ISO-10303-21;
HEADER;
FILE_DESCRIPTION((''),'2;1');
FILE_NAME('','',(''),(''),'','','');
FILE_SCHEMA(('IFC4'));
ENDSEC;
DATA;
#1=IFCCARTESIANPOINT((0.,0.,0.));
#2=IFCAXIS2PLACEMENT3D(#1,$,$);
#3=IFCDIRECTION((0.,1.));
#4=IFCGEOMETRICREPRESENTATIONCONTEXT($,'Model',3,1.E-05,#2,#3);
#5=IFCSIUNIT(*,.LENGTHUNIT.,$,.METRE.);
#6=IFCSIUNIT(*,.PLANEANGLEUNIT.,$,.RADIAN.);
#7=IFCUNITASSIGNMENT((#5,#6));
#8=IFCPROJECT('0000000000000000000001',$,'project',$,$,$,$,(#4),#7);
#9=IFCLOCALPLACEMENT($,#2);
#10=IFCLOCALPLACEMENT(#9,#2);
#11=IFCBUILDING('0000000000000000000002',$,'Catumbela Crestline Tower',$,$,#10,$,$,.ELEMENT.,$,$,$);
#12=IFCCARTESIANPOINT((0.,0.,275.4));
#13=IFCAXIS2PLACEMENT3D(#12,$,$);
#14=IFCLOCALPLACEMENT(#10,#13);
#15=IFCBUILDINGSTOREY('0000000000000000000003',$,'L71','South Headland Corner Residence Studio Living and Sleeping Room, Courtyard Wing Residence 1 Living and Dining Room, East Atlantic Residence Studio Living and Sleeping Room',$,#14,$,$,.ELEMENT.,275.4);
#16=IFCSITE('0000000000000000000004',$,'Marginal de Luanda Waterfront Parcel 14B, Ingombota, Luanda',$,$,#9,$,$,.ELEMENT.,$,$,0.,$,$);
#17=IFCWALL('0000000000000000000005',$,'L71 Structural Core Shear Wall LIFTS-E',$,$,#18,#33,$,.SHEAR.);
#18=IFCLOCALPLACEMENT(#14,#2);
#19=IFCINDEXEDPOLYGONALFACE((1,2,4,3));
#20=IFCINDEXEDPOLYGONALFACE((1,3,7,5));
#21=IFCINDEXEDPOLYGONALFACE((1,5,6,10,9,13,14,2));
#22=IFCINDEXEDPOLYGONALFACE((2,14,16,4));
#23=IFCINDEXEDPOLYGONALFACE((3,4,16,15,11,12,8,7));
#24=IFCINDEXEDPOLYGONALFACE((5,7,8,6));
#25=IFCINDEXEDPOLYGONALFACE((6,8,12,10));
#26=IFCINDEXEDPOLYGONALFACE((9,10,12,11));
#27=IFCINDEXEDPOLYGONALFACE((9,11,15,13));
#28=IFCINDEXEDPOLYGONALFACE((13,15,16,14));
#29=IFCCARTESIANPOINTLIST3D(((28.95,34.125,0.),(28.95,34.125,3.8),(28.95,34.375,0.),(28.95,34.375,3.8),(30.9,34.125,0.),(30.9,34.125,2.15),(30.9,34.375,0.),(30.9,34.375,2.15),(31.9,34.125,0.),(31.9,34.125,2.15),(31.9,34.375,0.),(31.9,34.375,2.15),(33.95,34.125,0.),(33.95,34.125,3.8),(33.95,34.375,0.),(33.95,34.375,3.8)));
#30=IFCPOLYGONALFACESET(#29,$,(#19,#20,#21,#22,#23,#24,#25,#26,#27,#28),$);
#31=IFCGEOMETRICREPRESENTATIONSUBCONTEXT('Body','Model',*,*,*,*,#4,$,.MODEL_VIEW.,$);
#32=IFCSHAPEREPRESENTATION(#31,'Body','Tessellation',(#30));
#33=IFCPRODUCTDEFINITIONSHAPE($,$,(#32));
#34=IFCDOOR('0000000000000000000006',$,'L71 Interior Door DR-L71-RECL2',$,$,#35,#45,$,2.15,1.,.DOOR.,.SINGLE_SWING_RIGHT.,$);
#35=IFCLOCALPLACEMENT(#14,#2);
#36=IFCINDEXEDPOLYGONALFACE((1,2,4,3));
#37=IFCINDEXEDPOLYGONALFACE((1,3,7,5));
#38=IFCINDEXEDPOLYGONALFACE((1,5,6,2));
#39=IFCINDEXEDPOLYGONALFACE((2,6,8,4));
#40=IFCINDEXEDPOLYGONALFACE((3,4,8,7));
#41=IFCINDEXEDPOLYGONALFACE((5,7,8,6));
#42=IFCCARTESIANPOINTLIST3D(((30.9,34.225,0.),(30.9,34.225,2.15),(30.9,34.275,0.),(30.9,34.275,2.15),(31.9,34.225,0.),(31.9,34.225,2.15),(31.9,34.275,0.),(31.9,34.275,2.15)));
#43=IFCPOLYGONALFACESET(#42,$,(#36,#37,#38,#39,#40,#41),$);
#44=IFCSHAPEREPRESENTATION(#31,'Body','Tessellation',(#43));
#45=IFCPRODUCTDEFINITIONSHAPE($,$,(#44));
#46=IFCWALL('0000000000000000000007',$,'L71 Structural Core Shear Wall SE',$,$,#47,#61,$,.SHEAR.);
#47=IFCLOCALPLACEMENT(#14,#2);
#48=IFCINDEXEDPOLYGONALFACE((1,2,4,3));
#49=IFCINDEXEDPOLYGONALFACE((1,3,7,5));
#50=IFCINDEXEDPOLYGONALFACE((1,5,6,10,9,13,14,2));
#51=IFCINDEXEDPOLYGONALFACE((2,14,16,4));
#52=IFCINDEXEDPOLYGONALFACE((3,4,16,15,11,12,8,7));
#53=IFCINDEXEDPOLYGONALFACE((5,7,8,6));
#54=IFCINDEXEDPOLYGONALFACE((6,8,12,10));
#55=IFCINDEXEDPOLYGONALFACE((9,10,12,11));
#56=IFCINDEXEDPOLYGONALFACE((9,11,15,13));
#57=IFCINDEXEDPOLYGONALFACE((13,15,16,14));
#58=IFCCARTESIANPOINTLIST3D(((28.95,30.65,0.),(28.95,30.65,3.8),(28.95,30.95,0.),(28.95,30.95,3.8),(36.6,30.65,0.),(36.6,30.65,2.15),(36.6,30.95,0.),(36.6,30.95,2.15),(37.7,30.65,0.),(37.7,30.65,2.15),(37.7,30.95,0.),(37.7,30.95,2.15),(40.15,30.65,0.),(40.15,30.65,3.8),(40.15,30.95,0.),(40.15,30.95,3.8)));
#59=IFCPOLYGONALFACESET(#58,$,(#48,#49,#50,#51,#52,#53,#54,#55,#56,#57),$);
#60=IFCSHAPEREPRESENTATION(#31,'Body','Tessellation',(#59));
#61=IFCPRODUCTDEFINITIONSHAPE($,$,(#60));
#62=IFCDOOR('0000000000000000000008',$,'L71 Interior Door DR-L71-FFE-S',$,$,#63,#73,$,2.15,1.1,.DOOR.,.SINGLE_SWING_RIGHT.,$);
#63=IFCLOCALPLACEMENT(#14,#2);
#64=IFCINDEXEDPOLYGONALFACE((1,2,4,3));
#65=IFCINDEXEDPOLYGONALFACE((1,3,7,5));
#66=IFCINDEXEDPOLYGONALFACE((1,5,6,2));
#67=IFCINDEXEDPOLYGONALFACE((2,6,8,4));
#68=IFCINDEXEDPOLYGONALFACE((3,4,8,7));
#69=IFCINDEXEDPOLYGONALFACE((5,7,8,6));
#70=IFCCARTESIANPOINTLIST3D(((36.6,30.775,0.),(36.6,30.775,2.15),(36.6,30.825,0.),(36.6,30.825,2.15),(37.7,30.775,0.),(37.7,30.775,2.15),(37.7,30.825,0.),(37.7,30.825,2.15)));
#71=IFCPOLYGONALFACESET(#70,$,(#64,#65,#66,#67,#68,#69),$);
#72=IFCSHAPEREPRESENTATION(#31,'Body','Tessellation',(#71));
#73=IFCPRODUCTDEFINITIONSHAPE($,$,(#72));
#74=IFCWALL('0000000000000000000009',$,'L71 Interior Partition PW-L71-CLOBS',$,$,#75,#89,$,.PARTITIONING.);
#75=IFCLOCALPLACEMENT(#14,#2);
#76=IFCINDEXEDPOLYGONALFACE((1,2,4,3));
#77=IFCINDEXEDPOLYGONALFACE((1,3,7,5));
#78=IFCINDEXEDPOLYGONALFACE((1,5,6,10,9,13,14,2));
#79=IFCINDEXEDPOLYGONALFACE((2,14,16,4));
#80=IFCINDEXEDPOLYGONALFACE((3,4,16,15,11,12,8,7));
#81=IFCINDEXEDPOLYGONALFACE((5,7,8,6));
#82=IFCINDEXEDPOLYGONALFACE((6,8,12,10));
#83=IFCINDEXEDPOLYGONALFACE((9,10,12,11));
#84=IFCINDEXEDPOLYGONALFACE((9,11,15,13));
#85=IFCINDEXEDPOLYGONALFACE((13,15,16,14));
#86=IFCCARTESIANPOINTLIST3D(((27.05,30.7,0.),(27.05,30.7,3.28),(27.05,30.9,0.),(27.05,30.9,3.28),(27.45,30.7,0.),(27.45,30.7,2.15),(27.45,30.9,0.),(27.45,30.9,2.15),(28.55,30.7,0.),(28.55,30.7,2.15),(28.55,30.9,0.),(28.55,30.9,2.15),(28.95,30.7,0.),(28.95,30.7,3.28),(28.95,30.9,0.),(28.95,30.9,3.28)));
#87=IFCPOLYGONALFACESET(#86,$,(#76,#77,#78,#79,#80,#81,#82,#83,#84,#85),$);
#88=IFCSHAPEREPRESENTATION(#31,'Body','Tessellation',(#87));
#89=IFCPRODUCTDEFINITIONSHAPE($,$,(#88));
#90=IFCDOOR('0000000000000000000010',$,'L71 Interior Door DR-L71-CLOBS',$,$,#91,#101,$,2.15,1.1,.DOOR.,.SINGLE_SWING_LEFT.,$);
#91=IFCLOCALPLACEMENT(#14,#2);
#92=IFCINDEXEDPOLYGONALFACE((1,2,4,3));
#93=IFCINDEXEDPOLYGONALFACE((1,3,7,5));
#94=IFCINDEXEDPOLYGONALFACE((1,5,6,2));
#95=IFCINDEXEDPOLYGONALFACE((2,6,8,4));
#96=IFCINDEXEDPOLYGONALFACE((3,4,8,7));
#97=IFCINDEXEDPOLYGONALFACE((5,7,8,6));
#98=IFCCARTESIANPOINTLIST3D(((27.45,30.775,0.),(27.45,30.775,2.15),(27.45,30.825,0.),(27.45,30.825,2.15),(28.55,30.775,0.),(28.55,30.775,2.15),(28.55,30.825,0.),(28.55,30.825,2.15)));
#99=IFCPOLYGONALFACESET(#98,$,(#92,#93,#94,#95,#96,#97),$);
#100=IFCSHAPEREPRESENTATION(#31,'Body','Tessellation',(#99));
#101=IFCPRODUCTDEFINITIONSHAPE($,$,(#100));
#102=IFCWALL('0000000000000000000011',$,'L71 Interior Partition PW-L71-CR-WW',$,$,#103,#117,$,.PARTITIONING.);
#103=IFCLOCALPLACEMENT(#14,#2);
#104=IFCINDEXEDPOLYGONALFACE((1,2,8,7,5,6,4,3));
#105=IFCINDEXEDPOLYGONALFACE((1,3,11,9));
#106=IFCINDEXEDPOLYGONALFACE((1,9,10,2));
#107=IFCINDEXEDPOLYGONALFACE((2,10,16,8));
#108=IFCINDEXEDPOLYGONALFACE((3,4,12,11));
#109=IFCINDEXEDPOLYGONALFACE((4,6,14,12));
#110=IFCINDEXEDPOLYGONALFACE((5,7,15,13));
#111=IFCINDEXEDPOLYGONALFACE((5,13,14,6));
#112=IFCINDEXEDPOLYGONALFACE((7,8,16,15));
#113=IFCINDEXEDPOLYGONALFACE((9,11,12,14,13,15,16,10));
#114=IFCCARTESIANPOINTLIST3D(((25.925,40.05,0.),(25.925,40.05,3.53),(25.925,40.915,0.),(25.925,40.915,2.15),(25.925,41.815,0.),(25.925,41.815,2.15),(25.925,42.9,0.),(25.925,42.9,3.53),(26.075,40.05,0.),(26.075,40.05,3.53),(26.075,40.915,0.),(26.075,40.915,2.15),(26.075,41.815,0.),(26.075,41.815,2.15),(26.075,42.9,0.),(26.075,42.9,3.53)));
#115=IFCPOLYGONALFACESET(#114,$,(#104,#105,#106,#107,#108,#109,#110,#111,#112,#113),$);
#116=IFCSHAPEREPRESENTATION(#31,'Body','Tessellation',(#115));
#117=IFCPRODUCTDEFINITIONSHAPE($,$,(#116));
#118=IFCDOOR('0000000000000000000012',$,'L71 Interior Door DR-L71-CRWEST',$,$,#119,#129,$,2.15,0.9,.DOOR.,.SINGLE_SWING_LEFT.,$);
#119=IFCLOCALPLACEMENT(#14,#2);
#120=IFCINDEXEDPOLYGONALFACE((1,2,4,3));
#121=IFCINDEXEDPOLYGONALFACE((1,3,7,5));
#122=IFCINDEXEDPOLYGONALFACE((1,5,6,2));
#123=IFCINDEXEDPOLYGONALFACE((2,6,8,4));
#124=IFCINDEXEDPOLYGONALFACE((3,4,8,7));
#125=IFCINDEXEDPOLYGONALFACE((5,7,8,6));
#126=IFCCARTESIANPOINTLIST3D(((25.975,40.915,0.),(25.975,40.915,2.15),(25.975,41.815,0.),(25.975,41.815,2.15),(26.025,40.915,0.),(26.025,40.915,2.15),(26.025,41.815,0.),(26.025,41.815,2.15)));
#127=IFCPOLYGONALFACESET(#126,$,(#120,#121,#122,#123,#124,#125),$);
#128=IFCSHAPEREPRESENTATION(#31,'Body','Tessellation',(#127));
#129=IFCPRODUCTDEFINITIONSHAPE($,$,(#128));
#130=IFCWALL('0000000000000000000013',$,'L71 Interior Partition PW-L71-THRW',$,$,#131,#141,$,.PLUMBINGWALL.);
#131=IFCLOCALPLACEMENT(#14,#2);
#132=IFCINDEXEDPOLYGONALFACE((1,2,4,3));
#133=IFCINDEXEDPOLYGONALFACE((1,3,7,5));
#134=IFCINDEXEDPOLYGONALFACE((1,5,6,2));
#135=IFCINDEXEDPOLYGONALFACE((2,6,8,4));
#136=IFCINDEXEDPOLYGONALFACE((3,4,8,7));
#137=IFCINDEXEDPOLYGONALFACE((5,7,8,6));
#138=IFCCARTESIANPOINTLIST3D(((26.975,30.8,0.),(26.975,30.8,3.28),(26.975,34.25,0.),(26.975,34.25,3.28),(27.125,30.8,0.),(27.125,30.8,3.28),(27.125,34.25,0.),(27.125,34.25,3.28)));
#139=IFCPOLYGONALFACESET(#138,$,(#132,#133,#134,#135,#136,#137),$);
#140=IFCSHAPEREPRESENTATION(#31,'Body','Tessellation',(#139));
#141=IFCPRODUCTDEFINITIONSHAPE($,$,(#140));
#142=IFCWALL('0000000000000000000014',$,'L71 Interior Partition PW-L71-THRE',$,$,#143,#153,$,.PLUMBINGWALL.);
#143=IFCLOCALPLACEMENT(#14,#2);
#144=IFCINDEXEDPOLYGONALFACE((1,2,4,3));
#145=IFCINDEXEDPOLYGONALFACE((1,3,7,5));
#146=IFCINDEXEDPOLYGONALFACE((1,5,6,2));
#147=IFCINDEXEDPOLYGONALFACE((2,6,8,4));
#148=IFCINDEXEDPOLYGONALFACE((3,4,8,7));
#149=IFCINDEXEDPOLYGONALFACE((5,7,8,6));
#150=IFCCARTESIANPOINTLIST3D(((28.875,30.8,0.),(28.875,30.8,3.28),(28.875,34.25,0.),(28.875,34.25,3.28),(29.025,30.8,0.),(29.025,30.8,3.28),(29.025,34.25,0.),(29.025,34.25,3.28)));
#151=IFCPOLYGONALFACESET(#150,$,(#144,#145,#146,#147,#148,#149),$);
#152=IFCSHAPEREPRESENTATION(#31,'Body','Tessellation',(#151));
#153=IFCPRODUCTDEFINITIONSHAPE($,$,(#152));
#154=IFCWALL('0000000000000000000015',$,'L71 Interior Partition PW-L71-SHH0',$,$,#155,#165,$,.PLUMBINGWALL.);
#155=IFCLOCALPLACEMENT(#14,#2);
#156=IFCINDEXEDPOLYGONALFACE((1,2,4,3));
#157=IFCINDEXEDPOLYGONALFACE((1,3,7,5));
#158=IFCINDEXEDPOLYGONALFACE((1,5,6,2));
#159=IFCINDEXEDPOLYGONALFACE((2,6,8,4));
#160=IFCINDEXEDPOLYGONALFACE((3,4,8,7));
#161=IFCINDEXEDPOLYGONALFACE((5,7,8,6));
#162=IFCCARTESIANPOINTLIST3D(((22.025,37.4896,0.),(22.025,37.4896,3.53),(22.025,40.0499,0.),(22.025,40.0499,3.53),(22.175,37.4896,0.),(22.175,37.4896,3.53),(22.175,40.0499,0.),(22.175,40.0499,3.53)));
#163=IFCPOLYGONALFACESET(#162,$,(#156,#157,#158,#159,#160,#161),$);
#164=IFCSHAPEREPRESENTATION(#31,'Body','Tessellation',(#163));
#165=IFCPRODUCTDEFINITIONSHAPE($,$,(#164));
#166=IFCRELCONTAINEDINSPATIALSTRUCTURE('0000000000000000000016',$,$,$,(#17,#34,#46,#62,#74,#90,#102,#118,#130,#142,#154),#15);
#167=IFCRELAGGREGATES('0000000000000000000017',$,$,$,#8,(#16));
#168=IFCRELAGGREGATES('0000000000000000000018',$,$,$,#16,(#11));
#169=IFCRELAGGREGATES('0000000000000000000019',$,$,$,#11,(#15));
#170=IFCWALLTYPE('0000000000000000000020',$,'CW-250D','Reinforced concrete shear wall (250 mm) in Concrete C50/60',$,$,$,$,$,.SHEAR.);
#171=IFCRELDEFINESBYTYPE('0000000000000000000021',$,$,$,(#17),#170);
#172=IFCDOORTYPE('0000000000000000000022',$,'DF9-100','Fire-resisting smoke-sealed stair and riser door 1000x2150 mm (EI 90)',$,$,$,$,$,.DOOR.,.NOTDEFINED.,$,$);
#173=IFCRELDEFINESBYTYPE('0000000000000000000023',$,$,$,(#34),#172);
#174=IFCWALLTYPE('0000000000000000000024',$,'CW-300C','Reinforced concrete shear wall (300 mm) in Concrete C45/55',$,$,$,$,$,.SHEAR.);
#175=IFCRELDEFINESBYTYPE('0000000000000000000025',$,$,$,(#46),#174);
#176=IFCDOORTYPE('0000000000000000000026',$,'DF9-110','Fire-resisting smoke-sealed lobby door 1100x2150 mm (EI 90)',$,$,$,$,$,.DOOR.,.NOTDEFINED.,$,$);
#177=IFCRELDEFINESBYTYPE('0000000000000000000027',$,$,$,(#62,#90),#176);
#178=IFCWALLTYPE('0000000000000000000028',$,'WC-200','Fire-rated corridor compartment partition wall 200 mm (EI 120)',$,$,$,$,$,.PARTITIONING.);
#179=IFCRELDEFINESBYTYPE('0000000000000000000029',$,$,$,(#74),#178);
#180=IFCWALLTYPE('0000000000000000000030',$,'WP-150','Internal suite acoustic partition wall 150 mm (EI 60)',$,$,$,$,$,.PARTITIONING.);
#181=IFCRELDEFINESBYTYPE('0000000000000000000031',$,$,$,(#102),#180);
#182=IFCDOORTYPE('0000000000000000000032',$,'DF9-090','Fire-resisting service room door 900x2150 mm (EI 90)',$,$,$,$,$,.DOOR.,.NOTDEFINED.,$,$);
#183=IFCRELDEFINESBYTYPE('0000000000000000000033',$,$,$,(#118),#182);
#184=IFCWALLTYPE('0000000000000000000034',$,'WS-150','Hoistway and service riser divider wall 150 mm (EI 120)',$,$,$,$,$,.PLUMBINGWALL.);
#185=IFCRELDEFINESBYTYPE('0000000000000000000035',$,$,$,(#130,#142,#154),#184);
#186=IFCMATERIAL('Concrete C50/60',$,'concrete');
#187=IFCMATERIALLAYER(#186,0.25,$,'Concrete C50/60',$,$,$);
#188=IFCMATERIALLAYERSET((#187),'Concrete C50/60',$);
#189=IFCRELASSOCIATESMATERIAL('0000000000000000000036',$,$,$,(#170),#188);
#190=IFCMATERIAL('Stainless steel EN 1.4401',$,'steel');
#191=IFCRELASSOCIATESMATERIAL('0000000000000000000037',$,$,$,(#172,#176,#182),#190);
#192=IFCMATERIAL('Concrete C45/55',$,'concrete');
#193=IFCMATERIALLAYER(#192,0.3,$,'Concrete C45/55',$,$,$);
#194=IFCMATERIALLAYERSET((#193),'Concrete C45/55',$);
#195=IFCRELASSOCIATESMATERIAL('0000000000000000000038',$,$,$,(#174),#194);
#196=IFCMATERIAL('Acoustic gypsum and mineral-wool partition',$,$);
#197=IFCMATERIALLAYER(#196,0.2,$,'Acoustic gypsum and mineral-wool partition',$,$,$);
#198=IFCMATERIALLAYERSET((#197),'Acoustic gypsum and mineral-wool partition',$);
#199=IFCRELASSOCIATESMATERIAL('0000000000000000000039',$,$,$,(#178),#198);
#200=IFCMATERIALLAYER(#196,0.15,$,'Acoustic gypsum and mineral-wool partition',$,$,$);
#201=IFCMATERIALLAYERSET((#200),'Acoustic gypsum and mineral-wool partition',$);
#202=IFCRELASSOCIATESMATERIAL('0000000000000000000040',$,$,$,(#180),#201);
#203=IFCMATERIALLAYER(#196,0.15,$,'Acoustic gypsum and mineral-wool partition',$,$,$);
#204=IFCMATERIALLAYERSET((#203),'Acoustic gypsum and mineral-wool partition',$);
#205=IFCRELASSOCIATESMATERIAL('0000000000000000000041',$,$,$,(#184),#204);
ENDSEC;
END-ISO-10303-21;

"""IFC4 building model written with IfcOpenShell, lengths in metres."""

from ifc_helpers import new_model, si_unit, direction, frame, frame_2d, origin, place, context, subcontext, project, spatial, rectangle, extrude, material, layer, layer_set, type_object, element, fill, save


model = new_model("IFC4")

# Units and contexts
model_context = context("Model", 3, precision=1e-05, world=origin(), true_north=direction((0.0, 1.0)))
body_context = subcontext(model_context, "Body", "Model", "MODEL_VIEW")
ifc_project = project(units=[si_unit("LENGTHUNIT", "METRE"), si_unit("PLANEANGLEUNIT", "RADIAN")], contexts=[model_context])

# Site, building, storey
site_placement = place(None, origin())
site = spatial("IfcSite", under=ifc_project, at=site_placement, Name="Marginal de Luanda Waterfront Parcel 14B, Ingombota, Luanda", CompositionType="ELEMENT", RefElevation=0.0)
building_placement = place(site_placement, origin())
building = spatial("IfcBuilding", under=site, at=building_placement, Name="Catumbela Crestline Tower", CompositionType="ELEMENT")
storey_placement = place(building_placement, frame((0.0, 0.0, 275.4)))
storey = spatial("IfcBuildingStorey", under=building, at=storey_placement, Name="L71", Description="South Headland Corner Residence Studio Living and Sleeping Room, Courtyard Wing Residence 1 Living and Dining Room, East Atlantic Residence Studio Living and Sleeping Room", CompositionType="ELEMENT", Elevation=275.4)

# Walls, openings, doors
ifc_material_1 = material(Name="Concrete C50/60", Category="concrete")
ifc_layer_1 = layer(ifc_material_1, 0.25, Name="Concrete C50/60")
ifc_layer_set_1 = layer_set([ifc_layer_1], Name="Concrete C50/60")
wall_type_1 = type_object("IfcWallType", Name="CW-250D", Description="Reinforced concrete shear wall (250 mm) in Concrete C50/60", PredefinedType="SHEAR", material=ifc_layer_set_1)
wall_1_placement = place(storey_placement, frame((28.95, 34.25, 0.0), z_axis=(0.0, 0.0, 1.0), x_axis=(1.0, 0.0, 0.0)))
wall_1 = element("IfcWall", 1, at=wall_1_placement, inside=storey, type_object=wall_type_1, Name="L71 Structural Core Shear Wall LIFTS-E", PredefinedType="SHEAR", context=body_context, shape_type="SweptSolid", body=[
    extrude(rectangle(XDim=5.0, YDim=0.25, at=frame_2d((2.5, 0.0))), origin(), (0.0, 0.0, 1.0), 3.8),
])
opening_1_placement = place(wall_1_placement, frame((1.95, 0.0, 0.0)))
opening_1 = element("IfcOpeningElement", 2, at=opening_1_placement, cuts=wall_1, PredefinedType="OPENING", context=body_context, shape_type="SweptSolid", body=[
    extrude(rectangle(XDim=1.0, YDim=2.15, at=frame_2d((0.5, 1.075))), frame((0.0, 0.135, 0.0), z_axis=(0.0, -1.0, 0.0), x_axis=(1.0, 0.0, 0.0)), (0.0, 0.0, 1.0), 0.27),
])
ifc_material_2 = material(Name="Stainless steel EN 1.4401", Category="steel")
door_type_1 = type_object("IfcDoorType", Name="DF9-100", Description="Fire-resisting smoke-sealed stair and riser door 1000x2150 mm (EI 90)", OperationType="NOTDEFINED", PredefinedType="DOOR", material=ifc_material_2)
door_1_placement = place(opening_1_placement, origin())
door_1 = element("IfcDoor", 3, at=door_1_placement, inside=storey, type_object=door_type_1, Name="L71 Interior Door DR-L71-RECL2", OperationType="SINGLE_SWING_RIGHT", OverallHeight=2.15, OverallWidth=1.0, PredefinedType="DOOR", context=body_context, shape_type="SweptSolid", body=[
    extrude(rectangle(XDim=1.0, YDim=2.15, at=frame_2d((0.5, 1.075))), frame((0.0, 0.025, 0.0), z_axis=(0.0, -1.0, 0.0), x_axis=(1.0, 0.0, 0.0)), (0.0, 0.0, 1.0), 0.05),
])
fill(opening_1, door_1)
ifc_material_3 = material(Name="Concrete C45/55", Category="concrete")
ifc_layer_2 = layer(ifc_material_3, 0.3, Name="Concrete C45/55")
ifc_layer_set_2 = layer_set([ifc_layer_2], Name="Concrete C45/55")
wall_type_2 = type_object("IfcWallType", Name="CW-300C", Description="Reinforced concrete shear wall (300 mm) in Concrete C45/55", PredefinedType="SHEAR", material=ifc_layer_set_2)
wall_2_placement = place(storey_placement, frame((28.95, 30.8, 0.0), z_axis=(0.0, 0.0, 1.0), x_axis=(1.0, 0.0, 0.0)))
wall_2 = element("IfcWall", 4, at=wall_2_placement, inside=storey, type_object=wall_type_2, Name="L71 Structural Core Shear Wall SE", PredefinedType="SHEAR", context=body_context, shape_type="SweptSolid", body=[
    extrude(rectangle(XDim=11.2, YDim=0.3, at=frame_2d((5.6, 0.0))), origin(), (0.0, 0.0, 1.0), 3.8),
])
opening_2_placement = place(wall_2_placement, frame((7.65, 0.0, 0.0)))
opening_2 = element("IfcOpeningElement", 5, at=opening_2_placement, cuts=wall_2, PredefinedType="OPENING", context=body_context, shape_type="SweptSolid", body=[
    extrude(rectangle(XDim=1.1, YDim=2.15, at=frame_2d((0.55, 1.075))), frame((0.0, 0.16, 0.0), z_axis=(0.0, -1.0, 0.0), x_axis=(1.0, 0.0, 0.0)), (0.0, 0.0, 1.0), 0.32),
])
door_type_2 = type_object("IfcDoorType", Name="DF9-110", Description="Fire-resisting smoke-sealed lobby door 1100x2150 mm (EI 90)", OperationType="NOTDEFINED", PredefinedType="DOOR", material=ifc_material_2)
door_2_placement = place(opening_2_placement, origin())
door_2 = element("IfcDoor", 6, at=door_2_placement, inside=storey, type_object=door_type_2, Name="L71 Interior Door DR-L71-FFE-S", OperationType="SINGLE_SWING_RIGHT", OverallHeight=2.15, OverallWidth=1.1, PredefinedType="DOOR", context=body_context, shape_type="SweptSolid", body=[
    extrude(rectangle(XDim=1.1, YDim=2.15, at=frame_2d((0.55, 1.075))), frame((0.0, 0.025, 0.0), z_axis=(0.0, -1.0, 0.0), x_axis=(1.0, 0.0, 0.0)), (0.0, 0.0, 1.0), 0.05),
])
fill(opening_2, door_2)
ifc_material_4 = material(Name="Acoustic gypsum and mineral-wool partition")
ifc_layer_3 = layer(ifc_material_4, 0.2, Name="Acoustic gypsum and mineral-wool partition")
ifc_layer_set_3 = layer_set([ifc_layer_3], Name="Acoustic gypsum and mineral-wool partition")
wall_type_3 = type_object("IfcWallType", Name="WC-200", Description="Fire-rated corridor compartment partition wall 200 mm (EI 120)", PredefinedType="PARTITIONING", material=ifc_layer_set_3)
wall_3_placement = place(storey_placement, frame((27.05, 30.8, 0.0), z_axis=(0.0, 0.0, 1.0), x_axis=(1.0, 0.0, 0.0)))
wall_3 = element("IfcWall", 7, at=wall_3_placement, inside=storey, type_object=wall_type_3, Name="L71 Interior Partition PW-L71-CLOBS", PredefinedType="PARTITIONING", context=body_context, shape_type="SweptSolid", body=[
    extrude(rectangle(XDim=1.9, YDim=0.2, at=frame_2d((0.95, 0.0))), origin(), (0.0, 0.0, 1.0), 3.28),
])
opening_3_placement = place(wall_3_placement, frame((0.4, 0.0, 0.0)))
opening_3 = element("IfcOpeningElement", 8, at=opening_3_placement, cuts=wall_3, PredefinedType="OPENING", context=body_context, shape_type="SweptSolid", body=[
    extrude(rectangle(XDim=1.1, YDim=2.15, at=frame_2d((0.55, 1.075))), frame((0.0, 0.11, 0.0), z_axis=(0.0, -1.0, 0.0), x_axis=(1.0, 0.0, 0.0)), (0.0, 0.0, 1.0), 0.22),
])
door_3_placement = place(opening_3_placement, origin())
door_3 = element("IfcDoor", 9, at=door_3_placement, inside=storey, type_object=door_type_2, Name="L71 Interior Door DR-L71-CLOBS", OperationType="SINGLE_SWING_LEFT", OverallHeight=2.15, OverallWidth=1.1, PredefinedType="DOOR", context=body_context, shape_type="SweptSolid", body=[
    extrude(rectangle(XDim=1.1, YDim=2.15, at=frame_2d((0.55, 1.075))), frame((0.0, 0.025, 0.0), z_axis=(0.0, -1.0, 0.0), x_axis=(1.0, 0.0, 0.0)), (0.0, 0.0, 1.0), 0.05),
])
fill(opening_3, door_3)
ifc_layer_4 = layer(ifc_material_4, 0.15, Name="Acoustic gypsum and mineral-wool partition")
ifc_layer_set_4 = layer_set([ifc_layer_4], Name="Acoustic gypsum and mineral-wool partition")
wall_type_4 = type_object("IfcWallType", Name="WP-150", Description="Internal suite acoustic partition wall 150 mm (EI 60)", PredefinedType="PARTITIONING", material=ifc_layer_set_4)
wall_4_placement = place(storey_placement, frame((26.0, 40.05, 0.0), z_axis=(0.0, 0.0, 1.0), x_axis=(0.0, 1.0, 0.0)))
wall_4 = element("IfcWall", 10, at=wall_4_placement, inside=storey, type_object=wall_type_4, Name="L71 Interior Partition PW-L71-CR-WW", PredefinedType="PARTITIONING", context=body_context, shape_type="SweptSolid", body=[
    extrude(rectangle(XDim=2.85, YDim=0.15, at=frame_2d((1.425, 0.0))), origin(), (0.0, 0.0, 1.0), 3.53),
])
opening_4_placement = place(wall_4_placement, frame((0.865, 0.0, 0.0)))
opening_4 = element("IfcOpeningElement", 11, at=opening_4_placement, cuts=wall_4, PredefinedType="OPENING", context=body_context, shape_type="SweptSolid", body=[
    extrude(rectangle(XDim=0.9, YDim=2.15, at=frame_2d((0.45, 1.075))), frame((0.0, 0.085, 0.0), z_axis=(0.0, -1.0, 0.0), x_axis=(1.0, 0.0, 0.0)), (0.0, 0.0, 1.0), 0.17),
])
door_type_3 = type_object("IfcDoorType", Name="DF9-090", Description="Fire-resisting service room door 900x2150 mm (EI 90)", OperationType="NOTDEFINED", PredefinedType="DOOR", material=ifc_material_2)
door_4_placement = place(opening_4_placement, origin())
door_4 = element("IfcDoor", 12, at=door_4_placement, inside=storey, type_object=door_type_3, Name="L71 Interior Door DR-L71-CRWEST", OperationType="SINGLE_SWING_LEFT", OverallHeight=2.15, OverallWidth=0.9, PredefinedType="DOOR", context=body_context, shape_type="SweptSolid", body=[
    extrude(rectangle(XDim=0.9, YDim=2.15, at=frame_2d((0.45, 1.075))), frame((0.0, 0.025, 0.0), z_axis=(0.0, -1.0, 0.0), x_axis=(1.0, 0.0, 0.0)), (0.0, 0.0, 1.0), 0.05),
])
fill(opening_4, door_4)

# Walls
ifc_layer_5 = layer(ifc_material_4, 0.15, Name="Acoustic gypsum and mineral-wool partition")
ifc_layer_set_5 = layer_set([ifc_layer_5], Name="Acoustic gypsum and mineral-wool partition")
wall_type_5 = type_object("IfcWallType", Name="WS-150", Description="Hoistway and service riser divider wall 150 mm (EI 120)", PredefinedType="PLUMBINGWALL", material=ifc_layer_set_5)
for number, where, z_axis, x_axis, name in (
    (13, (27.05, 30.8, 0.0), (0.0, 0.0, 1.0), (0.0, 1.0, 0.0), "L71 Interior Partition PW-L71-THRW"),
    (14, (28.95, 30.8, 0.0), (0.0, 0.0, 1.0), (0.0, 1.0, 0.0), "L71 Interior Partition PW-L71-THRE"),
):
    element("IfcWall", number, at=place(storey_placement, frame(where, z_axis=z_axis, x_axis=x_axis)), inside=storey, type_object=wall_type_5, Name=name, PredefinedType="PLUMBINGWALL", context=body_context, shape_type="SweptSolid", body=[
        extrude(rectangle(XDim=3.45, YDim=0.15, at=frame_2d((1.725, 0.0))), origin(), (0.0, 0.0, 1.0), 3.28),
    ])
wall_5_placement = place(storey_placement, frame((22.1, 37.4897, 0.0), z_axis=(0.0, 0.0, 1.0), x_axis=(0.0, 1.0, 0.0)))
element("IfcWall", 15, at=wall_5_placement, inside=storey, type_object=wall_type_5, Name="L71 Interior Partition PW-L71-SHH0", PredefinedType="PLUMBINGWALL", context=body_context, shape_type="SweptSolid", body=[
    extrude(rectangle(XDim=2.5603, YDim=0.15, at=frame_2d((1.2801, 0.0))), origin(), (0.0, 0.0, 1.0), 3.53),
])

save(model, "model.ifc")
